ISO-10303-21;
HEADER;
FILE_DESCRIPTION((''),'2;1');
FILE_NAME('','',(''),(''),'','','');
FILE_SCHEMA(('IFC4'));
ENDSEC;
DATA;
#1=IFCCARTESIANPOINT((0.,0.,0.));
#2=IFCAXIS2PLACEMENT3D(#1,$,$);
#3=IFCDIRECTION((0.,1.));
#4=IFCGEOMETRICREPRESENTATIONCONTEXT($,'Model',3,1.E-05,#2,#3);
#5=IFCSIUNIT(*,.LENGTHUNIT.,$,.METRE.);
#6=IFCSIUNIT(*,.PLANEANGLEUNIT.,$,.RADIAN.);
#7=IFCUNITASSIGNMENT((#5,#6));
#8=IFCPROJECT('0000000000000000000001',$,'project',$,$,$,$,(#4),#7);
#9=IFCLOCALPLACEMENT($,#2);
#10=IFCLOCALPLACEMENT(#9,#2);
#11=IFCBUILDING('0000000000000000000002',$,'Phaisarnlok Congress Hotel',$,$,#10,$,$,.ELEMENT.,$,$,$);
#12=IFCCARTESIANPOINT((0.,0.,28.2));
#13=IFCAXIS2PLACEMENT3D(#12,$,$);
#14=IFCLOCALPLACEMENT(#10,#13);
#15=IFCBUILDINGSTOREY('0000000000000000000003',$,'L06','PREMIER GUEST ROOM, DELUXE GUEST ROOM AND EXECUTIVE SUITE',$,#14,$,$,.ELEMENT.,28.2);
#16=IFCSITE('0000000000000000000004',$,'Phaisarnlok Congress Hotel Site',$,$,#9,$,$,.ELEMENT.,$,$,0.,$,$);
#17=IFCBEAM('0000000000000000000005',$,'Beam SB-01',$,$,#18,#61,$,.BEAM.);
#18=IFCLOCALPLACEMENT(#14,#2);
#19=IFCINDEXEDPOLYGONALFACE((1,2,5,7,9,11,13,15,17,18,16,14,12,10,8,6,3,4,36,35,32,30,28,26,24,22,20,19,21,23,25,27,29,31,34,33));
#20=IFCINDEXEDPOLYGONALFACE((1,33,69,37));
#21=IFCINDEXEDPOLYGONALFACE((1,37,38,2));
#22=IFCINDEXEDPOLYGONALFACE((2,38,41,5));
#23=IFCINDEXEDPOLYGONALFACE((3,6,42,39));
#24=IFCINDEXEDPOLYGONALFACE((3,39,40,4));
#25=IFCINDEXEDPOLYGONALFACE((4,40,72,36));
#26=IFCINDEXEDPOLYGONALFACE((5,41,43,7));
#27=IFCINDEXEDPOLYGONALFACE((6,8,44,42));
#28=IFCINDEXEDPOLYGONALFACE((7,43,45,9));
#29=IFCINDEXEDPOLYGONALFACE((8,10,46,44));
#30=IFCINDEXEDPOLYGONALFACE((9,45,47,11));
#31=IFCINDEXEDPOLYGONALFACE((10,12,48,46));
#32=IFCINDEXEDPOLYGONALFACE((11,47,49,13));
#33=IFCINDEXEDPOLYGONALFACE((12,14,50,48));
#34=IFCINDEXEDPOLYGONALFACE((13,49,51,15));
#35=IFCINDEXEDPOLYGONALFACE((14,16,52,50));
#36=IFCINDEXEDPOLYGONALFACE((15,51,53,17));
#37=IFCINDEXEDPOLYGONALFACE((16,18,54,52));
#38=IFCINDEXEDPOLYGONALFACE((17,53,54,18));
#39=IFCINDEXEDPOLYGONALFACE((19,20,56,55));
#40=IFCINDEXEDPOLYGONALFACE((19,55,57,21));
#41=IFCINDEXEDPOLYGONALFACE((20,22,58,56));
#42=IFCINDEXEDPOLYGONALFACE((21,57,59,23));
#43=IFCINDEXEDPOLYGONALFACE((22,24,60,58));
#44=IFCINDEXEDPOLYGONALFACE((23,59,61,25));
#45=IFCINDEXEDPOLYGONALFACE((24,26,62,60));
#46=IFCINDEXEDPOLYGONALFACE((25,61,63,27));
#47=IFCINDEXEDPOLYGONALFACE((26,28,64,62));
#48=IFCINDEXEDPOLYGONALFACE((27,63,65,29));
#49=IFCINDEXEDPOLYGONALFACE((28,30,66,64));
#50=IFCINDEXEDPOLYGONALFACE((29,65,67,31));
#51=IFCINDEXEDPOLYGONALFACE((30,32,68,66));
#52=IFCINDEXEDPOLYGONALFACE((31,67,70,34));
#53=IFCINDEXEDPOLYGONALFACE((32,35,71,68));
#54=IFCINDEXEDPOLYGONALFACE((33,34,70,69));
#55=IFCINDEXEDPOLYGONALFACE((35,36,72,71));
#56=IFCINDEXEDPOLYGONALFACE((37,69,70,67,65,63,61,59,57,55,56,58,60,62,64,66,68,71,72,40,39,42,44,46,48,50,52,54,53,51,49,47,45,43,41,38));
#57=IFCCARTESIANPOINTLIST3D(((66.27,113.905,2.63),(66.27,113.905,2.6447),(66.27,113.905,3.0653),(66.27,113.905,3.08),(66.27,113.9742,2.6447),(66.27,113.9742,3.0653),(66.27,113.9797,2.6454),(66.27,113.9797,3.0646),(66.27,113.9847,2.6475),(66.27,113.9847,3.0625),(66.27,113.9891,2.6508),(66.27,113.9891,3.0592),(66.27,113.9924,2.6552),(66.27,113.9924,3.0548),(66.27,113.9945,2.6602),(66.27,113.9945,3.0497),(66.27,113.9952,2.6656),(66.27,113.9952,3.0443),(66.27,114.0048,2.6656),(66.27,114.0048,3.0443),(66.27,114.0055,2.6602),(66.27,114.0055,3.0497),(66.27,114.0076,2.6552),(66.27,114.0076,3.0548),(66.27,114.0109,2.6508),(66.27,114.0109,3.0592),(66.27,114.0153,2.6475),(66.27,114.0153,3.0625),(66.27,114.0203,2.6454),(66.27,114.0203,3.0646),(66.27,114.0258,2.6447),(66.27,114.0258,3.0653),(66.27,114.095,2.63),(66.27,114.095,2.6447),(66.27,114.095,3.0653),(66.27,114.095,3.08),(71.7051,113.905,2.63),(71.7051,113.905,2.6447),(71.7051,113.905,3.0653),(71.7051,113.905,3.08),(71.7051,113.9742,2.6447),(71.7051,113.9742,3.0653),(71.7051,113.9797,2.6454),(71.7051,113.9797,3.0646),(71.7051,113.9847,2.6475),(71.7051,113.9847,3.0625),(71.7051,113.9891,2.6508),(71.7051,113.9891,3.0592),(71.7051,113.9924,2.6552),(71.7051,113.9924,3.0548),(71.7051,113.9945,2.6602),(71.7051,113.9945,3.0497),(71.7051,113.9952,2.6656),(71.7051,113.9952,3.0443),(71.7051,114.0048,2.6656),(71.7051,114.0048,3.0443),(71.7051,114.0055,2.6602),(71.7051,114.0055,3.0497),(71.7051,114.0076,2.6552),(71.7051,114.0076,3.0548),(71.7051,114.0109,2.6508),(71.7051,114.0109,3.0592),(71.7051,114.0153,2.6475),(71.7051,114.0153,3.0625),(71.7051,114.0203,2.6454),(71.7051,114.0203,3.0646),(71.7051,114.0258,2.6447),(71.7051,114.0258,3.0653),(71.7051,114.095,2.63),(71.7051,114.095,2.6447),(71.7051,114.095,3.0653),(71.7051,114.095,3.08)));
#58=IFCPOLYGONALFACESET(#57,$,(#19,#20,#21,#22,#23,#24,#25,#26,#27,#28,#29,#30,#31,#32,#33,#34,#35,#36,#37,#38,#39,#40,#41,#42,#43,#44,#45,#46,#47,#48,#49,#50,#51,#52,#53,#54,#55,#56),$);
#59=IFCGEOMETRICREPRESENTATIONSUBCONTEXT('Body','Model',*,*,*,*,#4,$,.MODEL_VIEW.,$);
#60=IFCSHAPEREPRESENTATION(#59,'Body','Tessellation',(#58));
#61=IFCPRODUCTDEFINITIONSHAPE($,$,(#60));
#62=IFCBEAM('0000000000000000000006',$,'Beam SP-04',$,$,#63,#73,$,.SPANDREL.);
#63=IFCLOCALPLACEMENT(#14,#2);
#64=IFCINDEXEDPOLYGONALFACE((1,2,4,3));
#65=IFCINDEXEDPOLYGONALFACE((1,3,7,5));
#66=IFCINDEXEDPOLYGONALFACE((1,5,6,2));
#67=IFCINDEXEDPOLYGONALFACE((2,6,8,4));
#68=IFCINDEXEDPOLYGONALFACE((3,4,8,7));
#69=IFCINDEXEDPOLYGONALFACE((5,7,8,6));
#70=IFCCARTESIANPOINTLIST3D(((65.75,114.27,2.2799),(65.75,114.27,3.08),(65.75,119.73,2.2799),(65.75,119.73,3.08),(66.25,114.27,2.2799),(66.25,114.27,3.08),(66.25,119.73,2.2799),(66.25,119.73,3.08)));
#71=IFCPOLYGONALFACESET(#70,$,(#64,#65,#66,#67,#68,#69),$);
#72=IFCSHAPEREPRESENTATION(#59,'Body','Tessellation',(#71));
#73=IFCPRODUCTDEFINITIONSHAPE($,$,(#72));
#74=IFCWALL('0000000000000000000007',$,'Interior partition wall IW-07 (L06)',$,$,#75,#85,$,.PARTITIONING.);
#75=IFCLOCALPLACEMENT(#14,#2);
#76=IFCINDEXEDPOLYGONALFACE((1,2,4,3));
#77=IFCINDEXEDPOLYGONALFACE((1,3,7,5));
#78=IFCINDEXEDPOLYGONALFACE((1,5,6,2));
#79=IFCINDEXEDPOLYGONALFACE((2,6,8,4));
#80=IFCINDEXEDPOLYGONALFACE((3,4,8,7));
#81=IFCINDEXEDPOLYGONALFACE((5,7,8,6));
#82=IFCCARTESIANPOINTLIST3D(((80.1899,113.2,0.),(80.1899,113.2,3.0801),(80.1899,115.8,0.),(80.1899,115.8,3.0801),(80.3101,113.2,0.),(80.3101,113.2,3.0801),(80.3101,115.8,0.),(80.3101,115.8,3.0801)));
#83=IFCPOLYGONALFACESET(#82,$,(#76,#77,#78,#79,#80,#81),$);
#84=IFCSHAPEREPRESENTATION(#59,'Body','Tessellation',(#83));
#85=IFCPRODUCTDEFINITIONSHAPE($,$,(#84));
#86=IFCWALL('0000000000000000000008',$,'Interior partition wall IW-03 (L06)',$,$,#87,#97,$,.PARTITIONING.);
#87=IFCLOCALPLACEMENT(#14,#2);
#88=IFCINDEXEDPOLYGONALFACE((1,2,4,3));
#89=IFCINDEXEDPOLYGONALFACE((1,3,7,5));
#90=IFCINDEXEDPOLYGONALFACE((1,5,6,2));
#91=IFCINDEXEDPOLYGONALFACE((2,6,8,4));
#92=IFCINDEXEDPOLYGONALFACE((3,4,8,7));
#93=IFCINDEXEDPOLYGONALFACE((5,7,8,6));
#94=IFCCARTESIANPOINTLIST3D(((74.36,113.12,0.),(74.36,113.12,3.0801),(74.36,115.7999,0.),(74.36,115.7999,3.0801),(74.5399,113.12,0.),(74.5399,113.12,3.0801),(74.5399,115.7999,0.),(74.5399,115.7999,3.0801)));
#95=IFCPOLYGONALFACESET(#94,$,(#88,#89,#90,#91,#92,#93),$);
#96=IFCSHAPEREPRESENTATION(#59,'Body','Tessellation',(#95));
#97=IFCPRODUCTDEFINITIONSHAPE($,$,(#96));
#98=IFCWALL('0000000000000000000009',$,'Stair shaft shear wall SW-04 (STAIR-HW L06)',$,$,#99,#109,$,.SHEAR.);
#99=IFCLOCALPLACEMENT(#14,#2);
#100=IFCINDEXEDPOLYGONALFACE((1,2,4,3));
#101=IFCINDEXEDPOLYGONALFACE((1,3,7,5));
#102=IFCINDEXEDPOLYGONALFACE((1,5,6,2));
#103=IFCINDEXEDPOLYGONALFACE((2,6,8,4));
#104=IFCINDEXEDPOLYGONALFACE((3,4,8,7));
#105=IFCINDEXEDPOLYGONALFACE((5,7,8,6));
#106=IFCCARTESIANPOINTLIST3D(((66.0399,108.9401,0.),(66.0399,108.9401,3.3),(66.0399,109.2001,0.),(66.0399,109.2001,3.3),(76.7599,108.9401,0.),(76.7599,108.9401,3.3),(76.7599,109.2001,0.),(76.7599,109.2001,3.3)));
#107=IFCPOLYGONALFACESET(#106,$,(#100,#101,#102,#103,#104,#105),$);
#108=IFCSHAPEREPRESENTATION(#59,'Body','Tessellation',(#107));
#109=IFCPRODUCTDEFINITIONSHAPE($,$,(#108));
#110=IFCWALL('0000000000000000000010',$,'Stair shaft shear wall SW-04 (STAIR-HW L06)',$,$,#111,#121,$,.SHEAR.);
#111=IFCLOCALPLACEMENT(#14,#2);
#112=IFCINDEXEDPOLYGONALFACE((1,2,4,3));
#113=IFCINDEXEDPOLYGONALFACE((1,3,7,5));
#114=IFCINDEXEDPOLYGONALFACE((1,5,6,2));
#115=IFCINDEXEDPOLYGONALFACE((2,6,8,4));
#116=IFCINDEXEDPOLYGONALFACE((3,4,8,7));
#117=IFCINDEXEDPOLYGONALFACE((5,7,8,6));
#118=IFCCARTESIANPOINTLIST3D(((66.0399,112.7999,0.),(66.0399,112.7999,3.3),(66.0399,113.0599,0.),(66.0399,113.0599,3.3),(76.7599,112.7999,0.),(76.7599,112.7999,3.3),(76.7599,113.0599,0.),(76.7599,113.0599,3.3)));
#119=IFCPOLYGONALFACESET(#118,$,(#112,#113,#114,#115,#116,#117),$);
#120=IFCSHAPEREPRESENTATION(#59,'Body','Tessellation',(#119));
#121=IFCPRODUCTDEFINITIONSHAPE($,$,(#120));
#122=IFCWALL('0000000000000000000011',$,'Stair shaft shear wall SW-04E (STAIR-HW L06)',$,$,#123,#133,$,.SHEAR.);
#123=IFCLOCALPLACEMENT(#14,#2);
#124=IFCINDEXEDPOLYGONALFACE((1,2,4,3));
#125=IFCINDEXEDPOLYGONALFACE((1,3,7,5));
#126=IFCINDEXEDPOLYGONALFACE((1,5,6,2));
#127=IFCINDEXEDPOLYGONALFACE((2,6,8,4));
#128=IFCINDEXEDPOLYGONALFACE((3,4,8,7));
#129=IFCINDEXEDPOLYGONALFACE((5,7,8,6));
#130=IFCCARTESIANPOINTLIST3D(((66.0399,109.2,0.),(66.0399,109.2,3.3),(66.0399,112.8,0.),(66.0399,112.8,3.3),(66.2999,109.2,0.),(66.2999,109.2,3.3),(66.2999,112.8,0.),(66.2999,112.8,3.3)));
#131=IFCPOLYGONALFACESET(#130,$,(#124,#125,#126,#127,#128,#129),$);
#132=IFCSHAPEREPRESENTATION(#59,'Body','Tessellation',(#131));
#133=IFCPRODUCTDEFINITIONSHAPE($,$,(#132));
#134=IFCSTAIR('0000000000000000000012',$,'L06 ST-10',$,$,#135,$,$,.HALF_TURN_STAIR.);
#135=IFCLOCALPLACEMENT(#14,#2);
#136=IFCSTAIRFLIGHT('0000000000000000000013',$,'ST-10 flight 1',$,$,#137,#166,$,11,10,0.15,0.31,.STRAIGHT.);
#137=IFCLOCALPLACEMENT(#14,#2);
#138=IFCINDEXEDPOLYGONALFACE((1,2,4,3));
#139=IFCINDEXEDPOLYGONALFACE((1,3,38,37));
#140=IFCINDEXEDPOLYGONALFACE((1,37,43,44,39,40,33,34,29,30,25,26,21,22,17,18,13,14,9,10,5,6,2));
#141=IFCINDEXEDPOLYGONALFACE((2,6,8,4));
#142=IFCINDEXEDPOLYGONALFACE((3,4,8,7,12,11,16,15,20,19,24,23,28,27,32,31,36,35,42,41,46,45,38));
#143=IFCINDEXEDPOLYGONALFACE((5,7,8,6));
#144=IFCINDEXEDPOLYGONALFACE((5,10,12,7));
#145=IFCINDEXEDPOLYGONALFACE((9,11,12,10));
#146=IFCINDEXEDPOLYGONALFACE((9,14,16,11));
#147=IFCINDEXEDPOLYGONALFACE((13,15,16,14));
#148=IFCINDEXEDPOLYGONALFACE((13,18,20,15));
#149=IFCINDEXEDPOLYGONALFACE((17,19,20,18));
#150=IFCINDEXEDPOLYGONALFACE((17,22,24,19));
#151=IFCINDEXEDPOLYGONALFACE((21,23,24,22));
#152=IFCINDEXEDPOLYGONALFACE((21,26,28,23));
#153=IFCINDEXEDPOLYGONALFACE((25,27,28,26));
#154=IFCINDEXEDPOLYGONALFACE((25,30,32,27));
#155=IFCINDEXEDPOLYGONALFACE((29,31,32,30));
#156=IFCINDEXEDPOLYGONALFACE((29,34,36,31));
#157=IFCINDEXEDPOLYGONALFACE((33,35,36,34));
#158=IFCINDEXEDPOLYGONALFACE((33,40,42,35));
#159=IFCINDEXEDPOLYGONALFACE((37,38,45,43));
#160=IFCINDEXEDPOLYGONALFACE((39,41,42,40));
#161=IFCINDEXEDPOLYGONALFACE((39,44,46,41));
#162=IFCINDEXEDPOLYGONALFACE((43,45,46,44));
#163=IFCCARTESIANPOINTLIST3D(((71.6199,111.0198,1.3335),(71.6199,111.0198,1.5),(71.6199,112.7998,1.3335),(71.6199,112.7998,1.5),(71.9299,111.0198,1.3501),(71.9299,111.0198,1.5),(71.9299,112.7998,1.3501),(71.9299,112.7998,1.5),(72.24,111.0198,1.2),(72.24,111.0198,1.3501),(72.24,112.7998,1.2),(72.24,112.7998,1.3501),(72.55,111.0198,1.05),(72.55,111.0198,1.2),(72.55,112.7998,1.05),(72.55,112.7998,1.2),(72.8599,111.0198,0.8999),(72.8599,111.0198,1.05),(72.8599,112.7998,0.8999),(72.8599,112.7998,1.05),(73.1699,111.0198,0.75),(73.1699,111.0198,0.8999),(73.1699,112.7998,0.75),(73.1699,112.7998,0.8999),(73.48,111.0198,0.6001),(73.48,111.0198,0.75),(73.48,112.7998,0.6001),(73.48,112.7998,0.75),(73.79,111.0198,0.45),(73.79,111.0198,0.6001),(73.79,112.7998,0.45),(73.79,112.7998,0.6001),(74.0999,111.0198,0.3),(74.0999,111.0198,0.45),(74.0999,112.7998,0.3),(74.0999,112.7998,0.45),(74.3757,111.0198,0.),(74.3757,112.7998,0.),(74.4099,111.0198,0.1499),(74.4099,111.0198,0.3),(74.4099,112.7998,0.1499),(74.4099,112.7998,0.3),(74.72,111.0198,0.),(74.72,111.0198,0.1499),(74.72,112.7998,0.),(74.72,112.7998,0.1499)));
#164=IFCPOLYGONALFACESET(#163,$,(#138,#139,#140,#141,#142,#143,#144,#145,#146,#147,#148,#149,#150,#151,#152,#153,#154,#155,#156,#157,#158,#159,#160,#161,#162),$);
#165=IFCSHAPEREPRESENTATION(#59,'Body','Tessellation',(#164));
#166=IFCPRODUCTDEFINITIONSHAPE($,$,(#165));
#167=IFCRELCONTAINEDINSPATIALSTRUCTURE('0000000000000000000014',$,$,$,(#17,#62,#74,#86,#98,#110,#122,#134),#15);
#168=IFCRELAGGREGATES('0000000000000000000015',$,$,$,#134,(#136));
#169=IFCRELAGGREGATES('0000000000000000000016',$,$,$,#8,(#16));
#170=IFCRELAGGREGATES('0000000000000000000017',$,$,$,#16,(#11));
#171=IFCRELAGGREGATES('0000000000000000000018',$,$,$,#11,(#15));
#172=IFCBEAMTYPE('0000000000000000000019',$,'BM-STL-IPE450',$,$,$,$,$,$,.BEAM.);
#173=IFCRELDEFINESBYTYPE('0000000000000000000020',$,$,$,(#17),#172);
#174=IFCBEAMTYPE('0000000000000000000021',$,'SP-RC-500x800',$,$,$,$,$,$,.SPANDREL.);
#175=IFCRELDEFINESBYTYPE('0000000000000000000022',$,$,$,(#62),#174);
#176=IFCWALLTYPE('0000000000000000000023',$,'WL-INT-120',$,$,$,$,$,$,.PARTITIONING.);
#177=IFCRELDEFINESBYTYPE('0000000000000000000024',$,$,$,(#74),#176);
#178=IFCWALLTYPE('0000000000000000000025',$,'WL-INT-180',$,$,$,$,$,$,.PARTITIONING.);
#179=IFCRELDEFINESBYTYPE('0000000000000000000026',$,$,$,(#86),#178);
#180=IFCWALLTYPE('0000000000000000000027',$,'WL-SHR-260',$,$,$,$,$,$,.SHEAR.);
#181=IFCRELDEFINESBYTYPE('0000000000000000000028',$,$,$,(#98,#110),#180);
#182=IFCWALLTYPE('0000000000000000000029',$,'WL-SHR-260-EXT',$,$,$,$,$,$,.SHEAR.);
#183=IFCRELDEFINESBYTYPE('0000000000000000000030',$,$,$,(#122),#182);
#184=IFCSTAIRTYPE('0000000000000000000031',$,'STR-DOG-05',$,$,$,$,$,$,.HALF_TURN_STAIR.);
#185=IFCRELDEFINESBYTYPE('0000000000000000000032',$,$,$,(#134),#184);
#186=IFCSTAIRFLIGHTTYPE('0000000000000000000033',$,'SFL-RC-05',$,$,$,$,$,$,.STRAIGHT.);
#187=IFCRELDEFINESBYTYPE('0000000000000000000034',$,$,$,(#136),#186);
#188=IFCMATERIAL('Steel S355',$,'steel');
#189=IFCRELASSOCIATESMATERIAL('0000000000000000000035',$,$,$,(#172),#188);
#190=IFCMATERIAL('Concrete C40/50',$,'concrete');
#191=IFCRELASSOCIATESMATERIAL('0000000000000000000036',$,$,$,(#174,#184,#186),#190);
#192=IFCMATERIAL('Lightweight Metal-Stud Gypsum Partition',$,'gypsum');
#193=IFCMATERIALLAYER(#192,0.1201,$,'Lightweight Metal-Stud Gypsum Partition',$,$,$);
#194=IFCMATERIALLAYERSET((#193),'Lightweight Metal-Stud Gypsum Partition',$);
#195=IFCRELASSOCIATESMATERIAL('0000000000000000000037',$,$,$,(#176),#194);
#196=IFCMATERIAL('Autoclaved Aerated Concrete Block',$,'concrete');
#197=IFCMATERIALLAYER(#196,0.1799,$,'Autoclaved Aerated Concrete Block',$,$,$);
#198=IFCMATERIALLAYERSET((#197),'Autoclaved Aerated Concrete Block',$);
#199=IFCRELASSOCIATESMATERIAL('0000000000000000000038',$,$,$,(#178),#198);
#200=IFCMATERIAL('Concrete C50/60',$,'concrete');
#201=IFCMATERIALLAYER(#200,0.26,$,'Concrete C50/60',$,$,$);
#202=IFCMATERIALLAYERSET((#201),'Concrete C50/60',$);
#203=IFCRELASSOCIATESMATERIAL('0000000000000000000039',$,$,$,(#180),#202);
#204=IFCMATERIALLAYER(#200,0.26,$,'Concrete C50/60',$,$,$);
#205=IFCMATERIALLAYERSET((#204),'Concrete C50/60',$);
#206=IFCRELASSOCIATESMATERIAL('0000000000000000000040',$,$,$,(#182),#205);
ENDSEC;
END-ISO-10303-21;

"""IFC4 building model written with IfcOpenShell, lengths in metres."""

from ifc_helpers import new_model, si_unit, direction, frame, frame_2d, origin, origin_2d, place, context, subcontext, project, spatial, polyline, rectangle, i_section, outline, extrude, material, layer, layer_set, material_profile, profile_set, type_object, element, aggregate, save


model = new_model("IFC4")

# Units and contexts
model_context = context("Model", 3, precision=1e-05, world=origin(), true_north=direction((0.0, 1.0)))
body_context = subcontext(model_context, "Body", "Model", "MODEL_VIEW")
ifc_project = project(units=[si_unit("LENGTHUNIT", "METRE"), si_unit("PLANEANGLEUNIT", "RADIAN")], contexts=[model_context])

# Site, building, storey
site_placement = place(None, origin())
site = spatial("IfcSite", under=ifc_project, at=site_placement, Name="Phaisarnlok Congress Hotel Site", CompositionType="ELEMENT", RefElevation=0.0)
building_placement = place(site_placement, origin())
building = spatial("IfcBuilding", under=site, at=building_placement, Name="Phaisarnlok Congress Hotel", CompositionType="ELEMENT")
storey_placement = place(building_placement, frame((0.0, 0.0, 28.2)))
storey = spatial("IfcBuildingStorey", under=building, at=storey_placement, Name="L06", Description="PREMIER GUEST ROOM, DELUXE GUEST ROOM AND EXECUTIVE SUITE", CompositionType="ELEMENT", Elevation=28.2)

# Shared definitions
ifc_material_1 = material(Name="Concrete C50/60", Category="concrete")

# Beams
ifc_material_2 = material(Name="Concrete C40/50", Category="concrete")
ifc_material_3 = material(Name="Steel S355", Category="steel")
ifc_material_profile_1 = material_profile(ifc_material_3, i_section(OverallWidth=0.1899, OverallDepth=0.45, WebThickness=0.0095, FlangeThickness=0.0146, FilletRadius=0.021, at=origin_2d()), Name="IPE 450")
ifc_profile_set_1 = profile_set([ifc_material_profile_1], Name="Steel S355")
beam_type_1 = type_object("IfcBeamType", Name="BM-STL-IPE450", PredefinedType="BEAM", material=ifc_profile_set_1)
beam_1_placement = place(storey_placement, frame((66.27, 114.0, 2.855), z_axis=(1.0, 0.0, 0.0), x_axis=(0.0, 1.0, 0.0)))
element("IfcBeam", 1, at=beam_1_placement, inside=storey, type_object=beam_type_1, Name="Beam SB-01", PredefinedType="BEAM", context=body_context, shape_type="SweptSolid", body=[
    extrude(i_section(OverallWidth=0.1899, OverallDepth=0.45, WebThickness=0.0095, FlangeThickness=0.0146, FilletRadius=0.021, at=origin_2d()), origin(), (0.0, 0.0, 1.0), 5.4351),
])
ifc_material_profile_2 = material_profile(ifc_material_2, rectangle(XDim=0.5, YDim=0.8, at=origin_2d()), Name="RC 500x800")
ifc_profile_set_2 = profile_set([ifc_material_profile_2], Name="Concrete C40/50")
beam_type_2 = type_object("IfcBeamType", Name="SP-RC-500x800", PredefinedType="SPANDREL", material=ifc_profile_set_2)
beam_2_placement = place(storey_placement, frame((66.0, 114.27, 2.6799), z_axis=(0.0, 1.0, 0.0), x_axis=(-1.0, 0.0, 0.0)))
element("IfcBeam", 2, at=beam_2_placement, inside=storey, type_object=beam_type_2, Name="Beam SP-04", PredefinedType="SPANDREL", context=body_context, shape_type="SweptSolid", body=[
    extrude(rectangle(XDim=0.5, YDim=0.8, at=origin_2d()), origin(), (0.0, 0.0, 1.0), 5.46),
])

# Walls
ifc_material_4 = material(Name="Lightweight Metal-Stud Gypsum Partition", Category="gypsum")
ifc_layer_1 = layer(ifc_material_4, 0.1201, Name="Lightweight Metal-Stud Gypsum Partition")
ifc_layer_set_1 = layer_set([ifc_layer_1], Name="Lightweight Metal-Stud Gypsum Partition")
wall_type_1 = type_object("IfcWallType", Name="WL-INT-120", PredefinedType="PARTITIONING", material=ifc_layer_set_1)
wall_1_placement = place(storey_placement, frame((80.25, 113.2, 0.0), z_axis=(0.0, 0.0, 1.0), x_axis=(0.0, 1.0, 0.0)))
element("IfcWall", 3, at=wall_1_placement, inside=storey, type_object=wall_type_1, Name="Interior partition wall IW-07 (L06)", PredefinedType="PARTITIONING", context=body_context, shape_type="SweptSolid", body=[
    extrude(rectangle(XDim=2.6001, YDim=0.1201, at=frame_2d((1.3, 0.0))), origin(), (0.0, 0.0, 1.0), 3.0801),
])
ifc_material_5 = material(Name="Autoclaved Aerated Concrete Block", Category="concrete")
ifc_layer_2 = layer(ifc_material_5, 0.1799, Name="Autoclaved Aerated Concrete Block")
ifc_layer_set_2 = layer_set([ifc_layer_2], Name="Autoclaved Aerated Concrete Block")
wall_type_2 = type_object("IfcWallType", Name="WL-INT-180", PredefinedType="PARTITIONING", material=ifc_layer_set_2)
wall_2_placement = place(storey_placement, frame((74.45, 113.1201, 0.0), z_axis=(0.0, 0.0, 1.0), x_axis=(0.0, 1.0, 0.0)))
element("IfcWall", 4, at=wall_2_placement, inside=storey, type_object=wall_type_2, Name="Interior partition wall IW-03 (L06)", PredefinedType="PARTITIONING", context=body_context, shape_type="SweptSolid", body=[
    extrude(rectangle(XDim=2.6799, YDim=0.1799, at=frame_2d((1.3398, 0.0))), origin(), (0.0, 0.0, 1.0), 3.0801),
])
ifc_layer_3 = layer(ifc_material_1, 0.26, Name="Concrete C50/60")
ifc_layer_set_3 = layer_set([ifc_layer_3], Name="Concrete C50/60")
wall_type_3 = type_object("IfcWallType", Name="WL-SHR-260", PredefinedType="SHEAR", material=ifc_layer_set_3)
for number, where, z_axis, x_axis, name in (
    (5, (66.04, 109.0701, 0.0), (0.0, 0.0, 1.0), (1.0, 0.0, 0.0), "Stair shaft shear wall SW-04 (STAIR-HW L06)"),
    (6, (66.04, 112.9299, 0.0), (0.0, 0.0, 1.0), (1.0, 0.0, 0.0), "Stair shaft shear wall SW-04 (STAIR-HW L06)"),
):
    element("IfcWall", number, at=place(storey_placement, frame(where, z_axis=z_axis, x_axis=x_axis)), inside=storey, type_object=wall_type_3, Name=name, PredefinedType="SHEAR", context=body_context, shape_type="SweptSolid", body=[
        extrude(rectangle(XDim=10.72, YDim=0.26, at=frame_2d((5.3599, 0.0))), origin(), (0.0, 0.0, 1.0), 3.3),
    ])

# Wall
ifc_layer_4 = layer(ifc_material_1, 0.26, Name="Concrete C50/60")
ifc_layer_set_4 = layer_set([ifc_layer_4], Name="Concrete C50/60")
wall_type_4 = type_object("IfcWallType", Name="WL-SHR-260-EXT", PredefinedType="SHEAR", material=ifc_layer_set_4)
wall_3_placement = place(storey_placement, frame((66.1699, 109.2, 0.0), z_axis=(0.0, 0.0, 1.0), x_axis=(0.0, 1.0, 0.0)))
element("IfcWall", 7, at=wall_3_placement, inside=storey, type_object=wall_type_4, Name="Stair shaft shear wall SW-04E (STAIR-HW L06)", PredefinedType="SHEAR", context=body_context, shape_type="SweptSolid", body=[
    extrude(rectangle(XDim=3.6001, YDim=0.26, at=frame_2d((1.8, 0.0))), origin(), (0.0, 0.0, 1.0), 3.3),
])

# Stair, stair flight
stair_type = type_object("IfcStairType", Name="STR-DOG-05", PredefinedType="HALF_TURN_STAIR", material=ifc_material_2)
stair_placement = place(storey_placement, origin())
stair = element("IfcStair", 8, at=stair_placement, inside=storey, type_object=stair_type, Name="L06 ST-10", PredefinedType="HALF_TURN_STAIR")
stair_flight_type = type_object("IfcStairFlightType", Name="SFL-RC-05", PredefinedType="STRAIGHT", material=ifc_material_2)
stair_flight_1_placement = place(storey_placement, frame((74.72, 111.9099, 0.0), z_axis=(0.0, 0.0, 1.0), x_axis=(-1.0, 0.0, 0.0)))
stair_flight_1 = element("IfcStairFlight", 9, at=stair_flight_1_placement, type_object=stair_flight_type, Name="ST-10 flight 1", NumberOfRisers=11, NumberOfTreads=10, PredefinedType="STRAIGHT", RiserHeight=0.15, TreadLength=0.31, context=body_context, shape_type="SweptSolid", body=[
    extrude(outline(polyline([(0.0, 0.0), (0.0, 0.1499), (0.3101, 0.1499), (0.3101, 0.3), (0.6201, 0.3), (0.6201, 0.45), (0.9299, 0.45), (0.9299, 0.6001), (1.24, 0.6001), (1.24, 0.75), (1.55, 0.75), (1.55, 0.8999), (1.8601, 0.8999), (1.8601, 1.05), (2.1699, 1.05), (2.1699, 1.2), (2.48, 1.2), (2.48, 1.3501), (2.79, 1.3501), (2.79, 1.5), (3.1001, 1.5), (3.1001, 1.6499), (3.1001, 1.3335), (0.3442, 0.0), (0.0, 0.0)])), frame((0.0, 0.8901, 0.0), z_axis=(0.0, -1.0, 0.0), x_axis=(1.0, 0.0, 0.0)), (0.0, 0.0, 1.0), 1.78),
])
aggregate(stair, [stair_flight_1])

save(model, "model.ifc")
